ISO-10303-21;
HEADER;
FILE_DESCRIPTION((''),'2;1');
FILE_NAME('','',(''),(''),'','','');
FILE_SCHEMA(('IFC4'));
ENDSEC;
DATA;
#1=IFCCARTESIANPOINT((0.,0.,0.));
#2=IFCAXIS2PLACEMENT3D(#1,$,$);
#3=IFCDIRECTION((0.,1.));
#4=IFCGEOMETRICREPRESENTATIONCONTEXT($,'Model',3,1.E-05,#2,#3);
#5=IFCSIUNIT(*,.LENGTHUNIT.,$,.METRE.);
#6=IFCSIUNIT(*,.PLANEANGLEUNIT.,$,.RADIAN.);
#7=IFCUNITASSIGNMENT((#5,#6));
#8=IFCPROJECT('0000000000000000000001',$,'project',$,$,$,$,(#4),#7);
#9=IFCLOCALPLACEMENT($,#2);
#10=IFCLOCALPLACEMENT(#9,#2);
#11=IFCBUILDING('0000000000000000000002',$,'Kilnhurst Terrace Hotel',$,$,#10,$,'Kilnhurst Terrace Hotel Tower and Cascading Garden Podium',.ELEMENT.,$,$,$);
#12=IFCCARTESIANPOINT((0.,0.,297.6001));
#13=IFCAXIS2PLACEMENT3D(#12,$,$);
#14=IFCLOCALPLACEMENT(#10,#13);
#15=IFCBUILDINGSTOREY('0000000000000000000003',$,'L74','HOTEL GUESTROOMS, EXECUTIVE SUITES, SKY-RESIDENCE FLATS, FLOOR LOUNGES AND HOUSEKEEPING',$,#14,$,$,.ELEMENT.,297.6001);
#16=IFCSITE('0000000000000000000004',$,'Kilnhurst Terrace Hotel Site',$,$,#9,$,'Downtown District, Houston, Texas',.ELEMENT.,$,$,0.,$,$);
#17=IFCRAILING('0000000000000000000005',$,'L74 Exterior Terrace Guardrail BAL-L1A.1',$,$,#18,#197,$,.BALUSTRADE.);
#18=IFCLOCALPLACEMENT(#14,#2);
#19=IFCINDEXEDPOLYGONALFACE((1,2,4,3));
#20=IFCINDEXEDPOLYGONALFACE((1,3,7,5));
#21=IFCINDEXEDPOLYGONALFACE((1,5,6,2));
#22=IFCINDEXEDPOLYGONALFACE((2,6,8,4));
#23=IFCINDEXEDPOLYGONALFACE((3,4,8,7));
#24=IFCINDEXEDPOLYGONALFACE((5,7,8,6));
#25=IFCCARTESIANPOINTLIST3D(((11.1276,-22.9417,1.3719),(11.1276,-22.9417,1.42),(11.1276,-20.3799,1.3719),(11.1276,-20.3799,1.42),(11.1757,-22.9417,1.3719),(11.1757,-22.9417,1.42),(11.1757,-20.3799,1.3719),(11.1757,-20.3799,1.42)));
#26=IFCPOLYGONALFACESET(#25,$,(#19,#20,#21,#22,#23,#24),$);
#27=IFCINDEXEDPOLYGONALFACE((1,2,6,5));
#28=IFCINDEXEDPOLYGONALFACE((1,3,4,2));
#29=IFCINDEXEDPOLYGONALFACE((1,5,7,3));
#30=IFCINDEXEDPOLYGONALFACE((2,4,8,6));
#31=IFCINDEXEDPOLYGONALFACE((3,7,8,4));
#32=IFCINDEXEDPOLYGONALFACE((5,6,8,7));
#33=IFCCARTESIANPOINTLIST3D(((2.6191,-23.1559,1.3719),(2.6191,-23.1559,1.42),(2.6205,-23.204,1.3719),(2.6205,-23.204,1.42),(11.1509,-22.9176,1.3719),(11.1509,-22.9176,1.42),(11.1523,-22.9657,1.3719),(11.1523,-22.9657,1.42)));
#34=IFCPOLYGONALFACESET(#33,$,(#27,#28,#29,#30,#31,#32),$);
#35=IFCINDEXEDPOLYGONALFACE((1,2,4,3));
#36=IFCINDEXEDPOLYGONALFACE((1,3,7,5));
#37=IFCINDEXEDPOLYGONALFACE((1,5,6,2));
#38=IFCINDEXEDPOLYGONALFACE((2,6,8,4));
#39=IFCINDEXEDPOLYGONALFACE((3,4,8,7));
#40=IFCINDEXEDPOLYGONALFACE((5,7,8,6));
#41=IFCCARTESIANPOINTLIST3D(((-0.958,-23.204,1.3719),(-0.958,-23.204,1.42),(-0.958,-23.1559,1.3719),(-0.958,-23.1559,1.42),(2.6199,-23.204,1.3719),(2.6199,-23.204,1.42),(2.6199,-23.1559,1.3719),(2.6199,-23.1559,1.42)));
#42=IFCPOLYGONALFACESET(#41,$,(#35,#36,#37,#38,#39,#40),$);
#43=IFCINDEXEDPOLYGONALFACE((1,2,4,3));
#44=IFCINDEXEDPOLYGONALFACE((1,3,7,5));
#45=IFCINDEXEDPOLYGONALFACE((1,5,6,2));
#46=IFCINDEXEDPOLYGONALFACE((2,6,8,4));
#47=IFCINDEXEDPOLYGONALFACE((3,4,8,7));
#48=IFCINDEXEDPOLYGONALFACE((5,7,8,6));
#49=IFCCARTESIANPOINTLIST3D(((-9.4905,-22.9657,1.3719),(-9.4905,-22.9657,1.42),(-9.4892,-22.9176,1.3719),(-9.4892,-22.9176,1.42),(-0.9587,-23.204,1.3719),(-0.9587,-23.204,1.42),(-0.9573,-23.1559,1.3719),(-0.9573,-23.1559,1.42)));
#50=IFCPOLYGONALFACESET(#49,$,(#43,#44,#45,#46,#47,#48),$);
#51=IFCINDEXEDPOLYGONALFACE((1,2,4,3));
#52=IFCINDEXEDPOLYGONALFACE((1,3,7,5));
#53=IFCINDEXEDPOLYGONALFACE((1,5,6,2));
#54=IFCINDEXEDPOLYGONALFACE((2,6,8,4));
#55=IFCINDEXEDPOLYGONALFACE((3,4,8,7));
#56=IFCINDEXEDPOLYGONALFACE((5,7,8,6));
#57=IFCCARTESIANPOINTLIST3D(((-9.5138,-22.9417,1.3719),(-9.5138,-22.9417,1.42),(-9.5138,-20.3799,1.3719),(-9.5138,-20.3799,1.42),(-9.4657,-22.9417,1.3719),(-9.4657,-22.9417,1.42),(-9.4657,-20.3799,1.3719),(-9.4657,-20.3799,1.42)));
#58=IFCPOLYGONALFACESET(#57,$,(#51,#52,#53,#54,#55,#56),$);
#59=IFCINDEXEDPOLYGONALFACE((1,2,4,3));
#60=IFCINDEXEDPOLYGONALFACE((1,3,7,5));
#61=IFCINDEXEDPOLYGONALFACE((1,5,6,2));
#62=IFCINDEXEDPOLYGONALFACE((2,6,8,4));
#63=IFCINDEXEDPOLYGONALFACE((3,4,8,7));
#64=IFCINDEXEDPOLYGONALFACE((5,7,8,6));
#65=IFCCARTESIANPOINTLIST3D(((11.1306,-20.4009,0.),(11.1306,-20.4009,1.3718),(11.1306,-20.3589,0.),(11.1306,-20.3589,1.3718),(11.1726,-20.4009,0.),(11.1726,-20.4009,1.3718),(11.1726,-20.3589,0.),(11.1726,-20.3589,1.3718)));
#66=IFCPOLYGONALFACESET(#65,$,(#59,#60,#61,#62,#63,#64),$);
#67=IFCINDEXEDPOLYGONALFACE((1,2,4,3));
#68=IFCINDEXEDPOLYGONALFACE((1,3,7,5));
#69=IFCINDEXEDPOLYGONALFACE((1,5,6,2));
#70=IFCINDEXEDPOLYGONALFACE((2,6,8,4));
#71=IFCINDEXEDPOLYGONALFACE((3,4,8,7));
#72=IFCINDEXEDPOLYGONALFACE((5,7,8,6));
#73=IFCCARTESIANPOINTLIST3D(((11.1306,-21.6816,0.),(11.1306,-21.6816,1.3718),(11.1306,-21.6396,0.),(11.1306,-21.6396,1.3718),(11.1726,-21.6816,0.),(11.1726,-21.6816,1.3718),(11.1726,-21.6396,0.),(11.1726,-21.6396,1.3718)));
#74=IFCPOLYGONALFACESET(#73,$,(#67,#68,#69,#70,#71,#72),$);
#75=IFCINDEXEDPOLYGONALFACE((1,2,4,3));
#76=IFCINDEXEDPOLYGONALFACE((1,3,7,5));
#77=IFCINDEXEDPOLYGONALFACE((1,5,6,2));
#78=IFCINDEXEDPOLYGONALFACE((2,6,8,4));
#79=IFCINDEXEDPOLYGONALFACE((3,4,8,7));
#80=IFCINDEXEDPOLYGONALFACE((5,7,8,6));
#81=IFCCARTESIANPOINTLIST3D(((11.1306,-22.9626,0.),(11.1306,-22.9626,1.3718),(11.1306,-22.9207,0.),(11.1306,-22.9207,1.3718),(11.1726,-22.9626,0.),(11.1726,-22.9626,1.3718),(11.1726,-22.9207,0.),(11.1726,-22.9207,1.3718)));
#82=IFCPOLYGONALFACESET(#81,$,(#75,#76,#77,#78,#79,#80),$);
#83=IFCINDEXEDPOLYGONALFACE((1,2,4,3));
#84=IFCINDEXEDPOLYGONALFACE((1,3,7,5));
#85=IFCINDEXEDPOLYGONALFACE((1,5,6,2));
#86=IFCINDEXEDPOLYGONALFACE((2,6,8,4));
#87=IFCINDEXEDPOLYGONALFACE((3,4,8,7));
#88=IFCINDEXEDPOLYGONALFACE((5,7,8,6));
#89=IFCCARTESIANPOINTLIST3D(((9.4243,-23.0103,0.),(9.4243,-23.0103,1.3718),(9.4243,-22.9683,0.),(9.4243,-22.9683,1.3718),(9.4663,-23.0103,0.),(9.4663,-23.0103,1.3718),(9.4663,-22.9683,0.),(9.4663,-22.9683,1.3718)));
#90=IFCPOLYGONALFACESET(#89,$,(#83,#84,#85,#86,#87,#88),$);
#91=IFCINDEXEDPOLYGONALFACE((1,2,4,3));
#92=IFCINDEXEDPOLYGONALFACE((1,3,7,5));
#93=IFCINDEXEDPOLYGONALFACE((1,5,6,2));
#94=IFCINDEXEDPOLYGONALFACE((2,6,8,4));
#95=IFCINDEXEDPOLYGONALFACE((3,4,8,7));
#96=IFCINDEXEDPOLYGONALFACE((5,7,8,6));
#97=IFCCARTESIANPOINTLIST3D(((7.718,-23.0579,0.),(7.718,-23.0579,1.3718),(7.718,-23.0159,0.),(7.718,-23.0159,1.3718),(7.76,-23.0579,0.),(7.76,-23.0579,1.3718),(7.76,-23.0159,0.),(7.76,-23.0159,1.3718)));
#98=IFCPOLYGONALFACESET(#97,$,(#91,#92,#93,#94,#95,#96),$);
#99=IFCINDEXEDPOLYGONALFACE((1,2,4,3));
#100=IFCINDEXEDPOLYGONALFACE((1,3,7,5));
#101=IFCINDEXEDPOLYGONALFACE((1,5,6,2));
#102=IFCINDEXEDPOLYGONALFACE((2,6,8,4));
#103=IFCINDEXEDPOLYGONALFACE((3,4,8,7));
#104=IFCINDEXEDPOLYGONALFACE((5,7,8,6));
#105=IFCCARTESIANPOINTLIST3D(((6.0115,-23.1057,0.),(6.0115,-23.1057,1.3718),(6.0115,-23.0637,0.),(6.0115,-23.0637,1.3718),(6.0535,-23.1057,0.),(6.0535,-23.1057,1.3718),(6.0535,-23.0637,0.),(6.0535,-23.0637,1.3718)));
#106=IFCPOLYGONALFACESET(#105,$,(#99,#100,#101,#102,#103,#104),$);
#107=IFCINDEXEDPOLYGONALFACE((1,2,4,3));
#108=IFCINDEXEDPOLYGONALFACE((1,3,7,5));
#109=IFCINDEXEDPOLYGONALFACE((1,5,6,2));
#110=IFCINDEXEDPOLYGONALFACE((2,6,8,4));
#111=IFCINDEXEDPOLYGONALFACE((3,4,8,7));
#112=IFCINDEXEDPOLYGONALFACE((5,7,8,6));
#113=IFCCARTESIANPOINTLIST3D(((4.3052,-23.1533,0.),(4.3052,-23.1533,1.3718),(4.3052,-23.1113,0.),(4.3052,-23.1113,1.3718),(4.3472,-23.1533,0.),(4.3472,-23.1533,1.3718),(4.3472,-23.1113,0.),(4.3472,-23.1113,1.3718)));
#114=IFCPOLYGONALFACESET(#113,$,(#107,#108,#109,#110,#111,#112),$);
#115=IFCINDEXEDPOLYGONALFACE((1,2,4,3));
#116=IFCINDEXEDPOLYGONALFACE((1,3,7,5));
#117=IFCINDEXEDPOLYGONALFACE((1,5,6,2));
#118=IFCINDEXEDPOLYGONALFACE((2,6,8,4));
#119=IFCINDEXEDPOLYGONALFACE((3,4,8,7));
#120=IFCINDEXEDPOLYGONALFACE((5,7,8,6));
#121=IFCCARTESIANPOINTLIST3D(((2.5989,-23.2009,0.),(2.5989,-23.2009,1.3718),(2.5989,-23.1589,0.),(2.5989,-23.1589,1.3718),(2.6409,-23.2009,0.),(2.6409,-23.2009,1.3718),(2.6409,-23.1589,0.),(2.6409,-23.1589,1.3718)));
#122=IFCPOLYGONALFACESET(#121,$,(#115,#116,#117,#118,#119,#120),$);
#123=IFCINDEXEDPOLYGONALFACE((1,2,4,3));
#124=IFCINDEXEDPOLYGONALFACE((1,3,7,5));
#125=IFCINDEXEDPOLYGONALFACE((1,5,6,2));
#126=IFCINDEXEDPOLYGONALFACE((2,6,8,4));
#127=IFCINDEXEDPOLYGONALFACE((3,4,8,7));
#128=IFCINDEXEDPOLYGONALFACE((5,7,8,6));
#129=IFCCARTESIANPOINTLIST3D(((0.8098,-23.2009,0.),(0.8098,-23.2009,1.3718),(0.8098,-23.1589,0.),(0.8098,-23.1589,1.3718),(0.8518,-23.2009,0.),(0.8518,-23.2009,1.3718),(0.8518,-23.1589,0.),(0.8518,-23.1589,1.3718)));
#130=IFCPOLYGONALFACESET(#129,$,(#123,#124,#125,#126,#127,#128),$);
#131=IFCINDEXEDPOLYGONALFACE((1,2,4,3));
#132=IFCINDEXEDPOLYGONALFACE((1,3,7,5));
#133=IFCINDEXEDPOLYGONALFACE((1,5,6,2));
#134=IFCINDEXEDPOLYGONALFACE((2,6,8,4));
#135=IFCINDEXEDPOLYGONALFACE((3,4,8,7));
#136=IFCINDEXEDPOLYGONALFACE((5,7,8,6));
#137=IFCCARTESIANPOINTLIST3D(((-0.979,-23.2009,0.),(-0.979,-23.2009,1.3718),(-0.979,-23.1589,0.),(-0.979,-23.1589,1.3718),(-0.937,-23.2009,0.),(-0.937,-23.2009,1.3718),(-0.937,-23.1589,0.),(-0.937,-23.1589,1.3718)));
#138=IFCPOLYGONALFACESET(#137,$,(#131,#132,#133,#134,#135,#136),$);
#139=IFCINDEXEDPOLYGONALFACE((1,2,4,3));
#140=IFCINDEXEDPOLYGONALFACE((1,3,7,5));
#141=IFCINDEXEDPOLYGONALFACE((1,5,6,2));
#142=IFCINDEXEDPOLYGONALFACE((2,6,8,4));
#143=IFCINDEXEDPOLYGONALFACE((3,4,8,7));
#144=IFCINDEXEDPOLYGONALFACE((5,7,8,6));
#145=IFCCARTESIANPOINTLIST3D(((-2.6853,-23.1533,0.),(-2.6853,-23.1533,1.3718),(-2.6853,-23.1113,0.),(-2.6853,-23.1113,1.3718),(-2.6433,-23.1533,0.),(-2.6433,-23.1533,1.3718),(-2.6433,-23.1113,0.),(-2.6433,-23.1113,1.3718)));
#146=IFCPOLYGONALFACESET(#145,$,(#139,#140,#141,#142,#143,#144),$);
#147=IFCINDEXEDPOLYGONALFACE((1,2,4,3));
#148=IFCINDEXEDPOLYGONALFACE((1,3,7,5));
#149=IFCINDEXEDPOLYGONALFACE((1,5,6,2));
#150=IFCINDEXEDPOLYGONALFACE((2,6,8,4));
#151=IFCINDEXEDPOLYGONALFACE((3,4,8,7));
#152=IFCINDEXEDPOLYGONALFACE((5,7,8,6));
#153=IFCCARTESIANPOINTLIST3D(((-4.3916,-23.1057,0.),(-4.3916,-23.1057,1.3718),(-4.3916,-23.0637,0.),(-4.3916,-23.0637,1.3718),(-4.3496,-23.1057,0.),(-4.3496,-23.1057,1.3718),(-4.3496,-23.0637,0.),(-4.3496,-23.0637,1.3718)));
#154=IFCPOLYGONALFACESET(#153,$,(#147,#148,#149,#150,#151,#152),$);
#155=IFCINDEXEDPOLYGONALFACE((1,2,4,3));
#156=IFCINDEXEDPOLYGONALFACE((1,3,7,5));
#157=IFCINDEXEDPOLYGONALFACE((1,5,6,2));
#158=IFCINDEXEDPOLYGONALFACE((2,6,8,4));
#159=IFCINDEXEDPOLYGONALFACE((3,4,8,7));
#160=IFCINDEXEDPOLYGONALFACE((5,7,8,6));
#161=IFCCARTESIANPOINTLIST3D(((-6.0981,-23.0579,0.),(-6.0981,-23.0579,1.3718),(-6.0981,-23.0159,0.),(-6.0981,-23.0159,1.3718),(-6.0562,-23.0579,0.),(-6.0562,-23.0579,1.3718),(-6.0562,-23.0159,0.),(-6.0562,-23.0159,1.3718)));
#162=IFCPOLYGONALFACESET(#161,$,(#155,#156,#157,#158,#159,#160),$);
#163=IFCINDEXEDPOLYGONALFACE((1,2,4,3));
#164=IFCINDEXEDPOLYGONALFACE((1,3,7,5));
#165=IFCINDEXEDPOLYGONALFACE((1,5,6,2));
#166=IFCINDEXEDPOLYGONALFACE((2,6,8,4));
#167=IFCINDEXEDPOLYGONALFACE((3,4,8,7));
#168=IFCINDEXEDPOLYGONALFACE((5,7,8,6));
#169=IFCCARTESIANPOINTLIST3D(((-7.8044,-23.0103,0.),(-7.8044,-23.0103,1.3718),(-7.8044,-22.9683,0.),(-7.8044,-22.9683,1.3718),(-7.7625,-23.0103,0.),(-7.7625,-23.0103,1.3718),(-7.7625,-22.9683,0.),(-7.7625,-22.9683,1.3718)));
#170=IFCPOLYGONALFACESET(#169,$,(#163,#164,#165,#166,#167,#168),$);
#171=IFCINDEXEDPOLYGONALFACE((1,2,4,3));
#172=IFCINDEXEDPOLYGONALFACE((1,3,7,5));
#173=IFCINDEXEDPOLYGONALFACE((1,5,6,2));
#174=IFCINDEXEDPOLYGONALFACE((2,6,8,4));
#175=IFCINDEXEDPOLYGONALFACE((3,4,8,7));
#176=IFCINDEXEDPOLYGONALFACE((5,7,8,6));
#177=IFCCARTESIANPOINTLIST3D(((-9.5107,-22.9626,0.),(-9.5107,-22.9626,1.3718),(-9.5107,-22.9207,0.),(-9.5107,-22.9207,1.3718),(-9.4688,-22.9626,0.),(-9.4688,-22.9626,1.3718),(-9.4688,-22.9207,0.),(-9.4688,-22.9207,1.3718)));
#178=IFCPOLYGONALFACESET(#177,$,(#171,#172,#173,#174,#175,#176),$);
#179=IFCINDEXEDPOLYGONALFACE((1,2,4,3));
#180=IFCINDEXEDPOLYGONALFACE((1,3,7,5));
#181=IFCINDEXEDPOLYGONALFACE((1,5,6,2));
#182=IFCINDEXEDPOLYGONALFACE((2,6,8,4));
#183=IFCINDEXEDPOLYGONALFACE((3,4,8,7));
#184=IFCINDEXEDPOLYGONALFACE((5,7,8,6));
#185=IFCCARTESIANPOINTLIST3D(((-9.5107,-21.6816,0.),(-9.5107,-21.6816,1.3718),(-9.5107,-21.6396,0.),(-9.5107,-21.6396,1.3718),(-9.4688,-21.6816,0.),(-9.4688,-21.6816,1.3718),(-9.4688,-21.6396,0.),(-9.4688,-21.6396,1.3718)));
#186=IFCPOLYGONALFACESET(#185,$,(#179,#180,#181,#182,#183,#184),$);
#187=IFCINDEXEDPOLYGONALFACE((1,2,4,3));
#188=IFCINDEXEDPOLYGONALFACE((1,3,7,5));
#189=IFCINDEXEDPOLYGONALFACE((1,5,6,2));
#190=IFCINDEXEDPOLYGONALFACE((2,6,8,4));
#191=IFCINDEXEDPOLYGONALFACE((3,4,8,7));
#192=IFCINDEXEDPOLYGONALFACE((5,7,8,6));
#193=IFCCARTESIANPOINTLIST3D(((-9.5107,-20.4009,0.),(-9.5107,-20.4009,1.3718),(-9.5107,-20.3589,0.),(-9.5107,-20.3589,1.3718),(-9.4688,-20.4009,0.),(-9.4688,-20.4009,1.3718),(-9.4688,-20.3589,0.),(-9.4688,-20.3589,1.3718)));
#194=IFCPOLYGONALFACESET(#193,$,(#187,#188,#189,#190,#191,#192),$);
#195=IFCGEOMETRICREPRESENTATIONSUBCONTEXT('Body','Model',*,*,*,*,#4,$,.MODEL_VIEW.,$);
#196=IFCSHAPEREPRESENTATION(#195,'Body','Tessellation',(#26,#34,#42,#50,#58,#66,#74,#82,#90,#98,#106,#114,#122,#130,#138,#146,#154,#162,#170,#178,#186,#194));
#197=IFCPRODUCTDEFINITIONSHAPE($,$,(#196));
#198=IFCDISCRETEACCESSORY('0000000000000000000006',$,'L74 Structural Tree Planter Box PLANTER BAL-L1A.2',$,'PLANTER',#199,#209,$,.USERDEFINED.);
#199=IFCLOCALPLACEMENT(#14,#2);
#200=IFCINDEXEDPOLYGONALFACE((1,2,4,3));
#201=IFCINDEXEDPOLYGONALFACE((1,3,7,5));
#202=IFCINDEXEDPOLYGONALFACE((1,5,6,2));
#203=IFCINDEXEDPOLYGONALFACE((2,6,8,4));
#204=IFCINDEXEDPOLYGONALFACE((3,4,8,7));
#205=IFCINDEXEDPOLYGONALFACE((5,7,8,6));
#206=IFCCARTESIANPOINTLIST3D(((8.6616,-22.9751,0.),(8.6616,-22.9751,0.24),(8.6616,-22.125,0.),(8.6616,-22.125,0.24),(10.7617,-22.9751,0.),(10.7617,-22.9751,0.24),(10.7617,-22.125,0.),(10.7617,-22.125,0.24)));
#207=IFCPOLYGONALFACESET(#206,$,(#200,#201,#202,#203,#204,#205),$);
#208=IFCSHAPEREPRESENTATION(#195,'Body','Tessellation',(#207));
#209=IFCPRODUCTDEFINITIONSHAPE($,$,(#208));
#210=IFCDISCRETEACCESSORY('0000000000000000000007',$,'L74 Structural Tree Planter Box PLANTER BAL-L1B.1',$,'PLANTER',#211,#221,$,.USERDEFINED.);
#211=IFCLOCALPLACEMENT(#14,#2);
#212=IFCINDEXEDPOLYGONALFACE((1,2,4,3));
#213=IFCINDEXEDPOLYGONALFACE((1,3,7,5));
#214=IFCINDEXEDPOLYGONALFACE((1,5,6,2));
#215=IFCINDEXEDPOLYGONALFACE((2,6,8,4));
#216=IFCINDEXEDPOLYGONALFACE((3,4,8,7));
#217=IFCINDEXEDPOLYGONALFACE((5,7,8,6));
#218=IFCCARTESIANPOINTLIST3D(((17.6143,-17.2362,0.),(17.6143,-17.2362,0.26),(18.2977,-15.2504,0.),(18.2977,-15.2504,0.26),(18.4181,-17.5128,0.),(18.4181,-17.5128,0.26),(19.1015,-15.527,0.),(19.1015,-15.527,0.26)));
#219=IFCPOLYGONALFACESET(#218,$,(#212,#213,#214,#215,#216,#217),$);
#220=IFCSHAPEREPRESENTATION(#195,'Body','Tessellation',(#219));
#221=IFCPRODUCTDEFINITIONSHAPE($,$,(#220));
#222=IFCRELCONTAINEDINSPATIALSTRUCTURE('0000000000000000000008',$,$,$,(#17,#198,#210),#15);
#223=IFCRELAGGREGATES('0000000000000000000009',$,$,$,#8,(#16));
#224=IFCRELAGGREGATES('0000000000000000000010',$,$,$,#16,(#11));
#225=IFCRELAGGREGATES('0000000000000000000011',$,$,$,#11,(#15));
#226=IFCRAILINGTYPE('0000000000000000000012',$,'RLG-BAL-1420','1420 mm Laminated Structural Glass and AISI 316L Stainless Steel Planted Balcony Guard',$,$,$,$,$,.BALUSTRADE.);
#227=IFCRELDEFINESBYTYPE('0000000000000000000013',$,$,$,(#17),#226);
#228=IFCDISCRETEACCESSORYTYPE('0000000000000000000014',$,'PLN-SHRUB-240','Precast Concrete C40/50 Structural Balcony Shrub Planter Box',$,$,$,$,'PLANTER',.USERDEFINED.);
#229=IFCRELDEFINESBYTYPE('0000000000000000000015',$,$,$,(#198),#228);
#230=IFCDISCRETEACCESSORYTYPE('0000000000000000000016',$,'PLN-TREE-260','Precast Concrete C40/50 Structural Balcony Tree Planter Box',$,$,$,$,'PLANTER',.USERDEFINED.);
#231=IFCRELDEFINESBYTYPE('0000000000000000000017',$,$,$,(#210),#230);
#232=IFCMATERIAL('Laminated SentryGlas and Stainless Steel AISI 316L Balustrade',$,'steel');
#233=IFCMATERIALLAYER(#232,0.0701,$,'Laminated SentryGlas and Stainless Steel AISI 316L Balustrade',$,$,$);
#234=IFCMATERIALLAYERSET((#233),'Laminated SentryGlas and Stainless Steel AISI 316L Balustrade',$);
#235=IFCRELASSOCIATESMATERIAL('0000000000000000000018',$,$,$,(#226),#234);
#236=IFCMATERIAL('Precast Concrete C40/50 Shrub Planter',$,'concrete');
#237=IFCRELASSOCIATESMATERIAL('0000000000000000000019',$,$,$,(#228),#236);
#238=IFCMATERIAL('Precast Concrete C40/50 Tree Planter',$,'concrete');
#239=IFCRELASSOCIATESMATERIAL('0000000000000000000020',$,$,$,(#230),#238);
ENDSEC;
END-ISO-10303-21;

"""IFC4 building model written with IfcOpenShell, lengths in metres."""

from ifc_helpers import new_model, si_unit, direction, frame, origin, origin_2d, place, context, subcontext, project, spatial, rectangle, extrude, material, layer, layer_set, type_object, element, save


model = new_model("IFC4")

# Units and contexts
model_context = context("Model", 3, precision=1e-05, world=origin(), true_north=direction((0.0, 1.0)))
body_context = subcontext(model_context, "Body", "Model", "MODEL_VIEW")
ifc_project = project(units=[si_unit("LENGTHUNIT", "METRE"), si_unit("PLANEANGLEUNIT", "RADIAN")], contexts=[model_context])

# Site, building, storey
site_placement = place(None, origin())
site = spatial("IfcSite", under=ifc_project, at=site_placement, Name="Kilnhurst Terrace Hotel Site", LongName="Downtown District, Houston, Texas", CompositionType="ELEMENT", RefElevation=0.0)
building_placement = place(site_placement, origin())
building = spatial("IfcBuilding", under=site, at=building_placement, Name="Kilnhurst Terrace Hotel", LongName="Kilnhurst Terrace Hotel Tower and Cascading Garden Podium", CompositionType="ELEMENT")
storey_placement = place(building_placement, frame((0.0, 0.0, 297.6001)))
storey = spatial("IfcBuildingStorey", under=building, at=storey_placement, Name="L74", Description="HOTEL GUESTROOMS, EXECUTIVE SUITES, SKY-RESIDENCE FLATS, FLOOR LOUNGES AND HOUSEKEEPING", CompositionType="ELEMENT", Elevation=297.6001)

# Railing
ifc_material_1 = material(Name="Laminated SentryGlas and Stainless Steel AISI 316L Balustrade", Category="steel")
ifc_layer_1 = layer(ifc_material_1, 0.0701, Name="Laminated SentryGlas and Stainless Steel AISI 316L Balustrade")
ifc_layer_set_1 = layer_set([ifc_layer_1], Name="Laminated SentryGlas and Stainless Steel AISI 316L Balustrade")
railing_type = type_object("IfcRailingType", Name="RLG-BAL-1420", Description="1420 mm Laminated Structural Glass and AISI 316L Stainless Steel Planted Balcony Guard", PredefinedType="BALUSTRADE", material=ifc_layer_set_1)
railing_placement = place(storey_placement, frame((11.1516, -20.3799, 0.0)))
element("IfcRailing", 1, at=railing_placement, inside=storey, type_object=railing_type, Name="L74 Exterior Terrace Guardrail BAL-L1A.1", PredefinedType="BALUSTRADE", context=body_context, shape_type="SweptSolid", body=[
    extrude(rectangle(XDim=0.0481, YDim=0.0481, at=origin_2d()), frame((0.0, 0.0, 1.396), z_axis=(0.0, -1.0, 0.0), x_axis=(1.0, 0.0, 0.0)), (0.0, 0.0, 1.0), 2.5618),
    extrude(rectangle(XDim=0.0481, YDim=0.0481, at=origin_2d()), frame((0.0, -2.5618, 1.396), z_axis=(-0.99961, -0.027918, 0.0), x_axis=(0.027918, -0.99961, 0.0)), (0.0, 0.0, 1.0), 8.5352),
    extrude(rectangle(XDim=0.0481, YDim=0.0481, at=origin_2d()), frame((-8.5317, -2.8, 1.396), z_axis=(-1.0, 0.0, 0.0), x_axis=(0.0, -1.0, 0.0)), (0.0, 0.0, 1.0), 3.5779),
    extrude(rectangle(XDim=0.0481, YDim=0.0481, at=origin_2d()), frame((-12.1096, -2.8, 1.396), z_axis=(-0.99961, 0.027918, 0.0), x_axis=(-0.027918, -0.99961, 0.0)), (0.0, 0.0, 1.0), 8.5352),
    extrude(rectangle(XDim=0.0481, YDim=0.0481, at=origin_2d()), frame((-20.6414, -2.5618, 1.396), z_axis=(0.0, 1.0, 0.0), x_axis=(-1.0, 0.0, 0.0)), (0.0, 0.0, 1.0), 2.5618),
    extrude(rectangle(XDim=0.042, YDim=0.042, at=origin_2d()), origin(), (0.0, 0.0, 1.0), 1.3718),
    extrude(rectangle(XDim=0.042, YDim=0.042, at=origin_2d()), frame((0.0, -1.2808, 0.0)), (0.0, 0.0, 1.0), 1.3718),
    extrude(rectangle(XDim=0.042, YDim=0.042, at=origin_2d()), frame((0.0, -2.5618, 0.0)), (0.0, 0.0, 1.0), 1.3718),
    extrude(rectangle(XDim=0.042, YDim=0.042, at=origin_2d()), frame((-1.7063, -2.6094, 0.0)), (0.0, 0.0, 1.0), 1.3718),
    extrude(rectangle(XDim=0.042, YDim=0.042, at=origin_2d()), frame((-3.4126, -2.657, 0.0)), (0.0, 0.0, 1.0), 1.3718),
    extrude(rectangle(XDim=0.042, YDim=0.042, at=origin_2d()), frame((-5.1191, -2.7048, 0.0)), (0.0, 0.0, 1.0), 1.3718),
    extrude(rectangle(XDim=0.042, YDim=0.042, at=origin_2d()), frame((-6.8254, -2.7524, 0.0)), (0.0, 0.0, 1.0), 1.3718),
    extrude(rectangle(XDim=0.042, YDim=0.042, at=origin_2d()), frame((-8.5317, -2.8, 0.0)), (0.0, 0.0, 1.0), 1.3718),
    extrude(rectangle(XDim=0.042, YDim=0.042, at=origin_2d()), frame((-10.3208, -2.8, 0.0)), (0.0, 0.0, 1.0), 1.3718),
    extrude(rectangle(XDim=0.042, YDim=0.042, at=origin_2d()), frame((-12.1096, -2.8, 0.0)), (0.0, 0.0, 1.0), 1.3718),
    extrude(rectangle(XDim=0.042, YDim=0.042, at=origin_2d()), frame((-13.8159, -2.7524, 0.0)), (0.0, 0.0, 1.0), 1.3718),
    extrude(rectangle(XDim=0.042, YDim=0.042, at=origin_2d()), frame((-15.5222, -2.7048, 0.0)), (0.0, 0.0, 1.0), 1.3718),
    extrude(rectangle(XDim=0.042, YDim=0.042, at=origin_2d()), frame((-17.2288, -2.657, 0.0)), (0.0, 0.0, 1.0), 1.3718),
    extrude(rectangle(XDim=0.042, YDim=0.042, at=origin_2d()), frame((-18.9351, -2.6094, 0.0)), (0.0, 0.0, 1.0), 1.3718),
    extrude(rectangle(XDim=0.042, YDim=0.042, at=origin_2d()), frame((-20.6414, -2.5618, 0.0)), (0.0, 0.0, 1.0), 1.3718),
    extrude(rectangle(XDim=0.042, YDim=0.042, at=origin_2d()), frame((-20.6414, -1.2808, 0.0)), (0.0, 0.0, 1.0), 1.3718),
    extrude(rectangle(XDim=0.042, YDim=0.042, at=origin_2d()), frame((-20.6414, 0.0, 0.0)), (0.0, 0.0, 1.0), 1.3718),
])

# Discrete accessories
ifc_material_2 = material(Name="Precast Concrete C40/50 Shrub Planter", Category="concrete")
discrete_accessory_type_1 = type_object("IfcDiscreteAccessoryType", Name="PLN-SHRUB-240", Description="Precast Concrete C40/50 Structural Balcony Shrub Planter Box", ElementType="PLANTER", PredefinedType="USERDEFINED", material=ifc_material_2)
discrete_accessory_1_placement = place(storey_placement, frame((9.7117, -22.55, 0.0), z_axis=(0.0, 0.0, 1.0), x_axis=(1.0, 0.0, 0.0)))
element("IfcDiscreteAccessory", 2, at=discrete_accessory_1_placement, inside=storey, type_object=discrete_accessory_type_1, Name="L74 Structural Tree Planter Box PLANTER BAL-L1A.2", ObjectType="PLANTER", PredefinedType="USERDEFINED", context=body_context, shape_type="SweptSolid", body=[
    extrude(rectangle(XDim=2.1001, YDim=0.8501, at=origin_2d()), origin(), (0.0, 0.0, 1.0), 0.24),
])
ifc_material_3 = material(Name="Precast Concrete C40/50 Tree Planter", Category="concrete")
discrete_accessory_type_2 = type_object("IfcDiscreteAccessoryType", Name="PLN-TREE-260", Description="Precast Concrete C40/50 Structural Balcony Tree Planter Box", ElementType="PLANTER", PredefinedType="USERDEFINED", material=ifc_material_3)
discrete_accessory_2_placement = place(storey_placement, frame((18.3579, -16.3816, 0.0), z_axis=(0.0, 0.0, 1.0), x_axis=(0.325403, 0.945575, 0.0)))
element("IfcDiscreteAccessory", 3, at=discrete_accessory_2_placement, inside=storey, type_object=discrete_accessory_type_2, Name="L74 Structural Tree Planter Box PLANTER BAL-L1B.1", ObjectType="PLANTER", PredefinedType="USERDEFINED", context=body_context, shape_type="SweptSolid", body=[
    extrude(rectangle(XDim=2.1001, YDim=0.8501, at=origin_2d()), origin(), (0.0, 0.0, 1.0), 0.26),
])

save(model, "model.ifc")
